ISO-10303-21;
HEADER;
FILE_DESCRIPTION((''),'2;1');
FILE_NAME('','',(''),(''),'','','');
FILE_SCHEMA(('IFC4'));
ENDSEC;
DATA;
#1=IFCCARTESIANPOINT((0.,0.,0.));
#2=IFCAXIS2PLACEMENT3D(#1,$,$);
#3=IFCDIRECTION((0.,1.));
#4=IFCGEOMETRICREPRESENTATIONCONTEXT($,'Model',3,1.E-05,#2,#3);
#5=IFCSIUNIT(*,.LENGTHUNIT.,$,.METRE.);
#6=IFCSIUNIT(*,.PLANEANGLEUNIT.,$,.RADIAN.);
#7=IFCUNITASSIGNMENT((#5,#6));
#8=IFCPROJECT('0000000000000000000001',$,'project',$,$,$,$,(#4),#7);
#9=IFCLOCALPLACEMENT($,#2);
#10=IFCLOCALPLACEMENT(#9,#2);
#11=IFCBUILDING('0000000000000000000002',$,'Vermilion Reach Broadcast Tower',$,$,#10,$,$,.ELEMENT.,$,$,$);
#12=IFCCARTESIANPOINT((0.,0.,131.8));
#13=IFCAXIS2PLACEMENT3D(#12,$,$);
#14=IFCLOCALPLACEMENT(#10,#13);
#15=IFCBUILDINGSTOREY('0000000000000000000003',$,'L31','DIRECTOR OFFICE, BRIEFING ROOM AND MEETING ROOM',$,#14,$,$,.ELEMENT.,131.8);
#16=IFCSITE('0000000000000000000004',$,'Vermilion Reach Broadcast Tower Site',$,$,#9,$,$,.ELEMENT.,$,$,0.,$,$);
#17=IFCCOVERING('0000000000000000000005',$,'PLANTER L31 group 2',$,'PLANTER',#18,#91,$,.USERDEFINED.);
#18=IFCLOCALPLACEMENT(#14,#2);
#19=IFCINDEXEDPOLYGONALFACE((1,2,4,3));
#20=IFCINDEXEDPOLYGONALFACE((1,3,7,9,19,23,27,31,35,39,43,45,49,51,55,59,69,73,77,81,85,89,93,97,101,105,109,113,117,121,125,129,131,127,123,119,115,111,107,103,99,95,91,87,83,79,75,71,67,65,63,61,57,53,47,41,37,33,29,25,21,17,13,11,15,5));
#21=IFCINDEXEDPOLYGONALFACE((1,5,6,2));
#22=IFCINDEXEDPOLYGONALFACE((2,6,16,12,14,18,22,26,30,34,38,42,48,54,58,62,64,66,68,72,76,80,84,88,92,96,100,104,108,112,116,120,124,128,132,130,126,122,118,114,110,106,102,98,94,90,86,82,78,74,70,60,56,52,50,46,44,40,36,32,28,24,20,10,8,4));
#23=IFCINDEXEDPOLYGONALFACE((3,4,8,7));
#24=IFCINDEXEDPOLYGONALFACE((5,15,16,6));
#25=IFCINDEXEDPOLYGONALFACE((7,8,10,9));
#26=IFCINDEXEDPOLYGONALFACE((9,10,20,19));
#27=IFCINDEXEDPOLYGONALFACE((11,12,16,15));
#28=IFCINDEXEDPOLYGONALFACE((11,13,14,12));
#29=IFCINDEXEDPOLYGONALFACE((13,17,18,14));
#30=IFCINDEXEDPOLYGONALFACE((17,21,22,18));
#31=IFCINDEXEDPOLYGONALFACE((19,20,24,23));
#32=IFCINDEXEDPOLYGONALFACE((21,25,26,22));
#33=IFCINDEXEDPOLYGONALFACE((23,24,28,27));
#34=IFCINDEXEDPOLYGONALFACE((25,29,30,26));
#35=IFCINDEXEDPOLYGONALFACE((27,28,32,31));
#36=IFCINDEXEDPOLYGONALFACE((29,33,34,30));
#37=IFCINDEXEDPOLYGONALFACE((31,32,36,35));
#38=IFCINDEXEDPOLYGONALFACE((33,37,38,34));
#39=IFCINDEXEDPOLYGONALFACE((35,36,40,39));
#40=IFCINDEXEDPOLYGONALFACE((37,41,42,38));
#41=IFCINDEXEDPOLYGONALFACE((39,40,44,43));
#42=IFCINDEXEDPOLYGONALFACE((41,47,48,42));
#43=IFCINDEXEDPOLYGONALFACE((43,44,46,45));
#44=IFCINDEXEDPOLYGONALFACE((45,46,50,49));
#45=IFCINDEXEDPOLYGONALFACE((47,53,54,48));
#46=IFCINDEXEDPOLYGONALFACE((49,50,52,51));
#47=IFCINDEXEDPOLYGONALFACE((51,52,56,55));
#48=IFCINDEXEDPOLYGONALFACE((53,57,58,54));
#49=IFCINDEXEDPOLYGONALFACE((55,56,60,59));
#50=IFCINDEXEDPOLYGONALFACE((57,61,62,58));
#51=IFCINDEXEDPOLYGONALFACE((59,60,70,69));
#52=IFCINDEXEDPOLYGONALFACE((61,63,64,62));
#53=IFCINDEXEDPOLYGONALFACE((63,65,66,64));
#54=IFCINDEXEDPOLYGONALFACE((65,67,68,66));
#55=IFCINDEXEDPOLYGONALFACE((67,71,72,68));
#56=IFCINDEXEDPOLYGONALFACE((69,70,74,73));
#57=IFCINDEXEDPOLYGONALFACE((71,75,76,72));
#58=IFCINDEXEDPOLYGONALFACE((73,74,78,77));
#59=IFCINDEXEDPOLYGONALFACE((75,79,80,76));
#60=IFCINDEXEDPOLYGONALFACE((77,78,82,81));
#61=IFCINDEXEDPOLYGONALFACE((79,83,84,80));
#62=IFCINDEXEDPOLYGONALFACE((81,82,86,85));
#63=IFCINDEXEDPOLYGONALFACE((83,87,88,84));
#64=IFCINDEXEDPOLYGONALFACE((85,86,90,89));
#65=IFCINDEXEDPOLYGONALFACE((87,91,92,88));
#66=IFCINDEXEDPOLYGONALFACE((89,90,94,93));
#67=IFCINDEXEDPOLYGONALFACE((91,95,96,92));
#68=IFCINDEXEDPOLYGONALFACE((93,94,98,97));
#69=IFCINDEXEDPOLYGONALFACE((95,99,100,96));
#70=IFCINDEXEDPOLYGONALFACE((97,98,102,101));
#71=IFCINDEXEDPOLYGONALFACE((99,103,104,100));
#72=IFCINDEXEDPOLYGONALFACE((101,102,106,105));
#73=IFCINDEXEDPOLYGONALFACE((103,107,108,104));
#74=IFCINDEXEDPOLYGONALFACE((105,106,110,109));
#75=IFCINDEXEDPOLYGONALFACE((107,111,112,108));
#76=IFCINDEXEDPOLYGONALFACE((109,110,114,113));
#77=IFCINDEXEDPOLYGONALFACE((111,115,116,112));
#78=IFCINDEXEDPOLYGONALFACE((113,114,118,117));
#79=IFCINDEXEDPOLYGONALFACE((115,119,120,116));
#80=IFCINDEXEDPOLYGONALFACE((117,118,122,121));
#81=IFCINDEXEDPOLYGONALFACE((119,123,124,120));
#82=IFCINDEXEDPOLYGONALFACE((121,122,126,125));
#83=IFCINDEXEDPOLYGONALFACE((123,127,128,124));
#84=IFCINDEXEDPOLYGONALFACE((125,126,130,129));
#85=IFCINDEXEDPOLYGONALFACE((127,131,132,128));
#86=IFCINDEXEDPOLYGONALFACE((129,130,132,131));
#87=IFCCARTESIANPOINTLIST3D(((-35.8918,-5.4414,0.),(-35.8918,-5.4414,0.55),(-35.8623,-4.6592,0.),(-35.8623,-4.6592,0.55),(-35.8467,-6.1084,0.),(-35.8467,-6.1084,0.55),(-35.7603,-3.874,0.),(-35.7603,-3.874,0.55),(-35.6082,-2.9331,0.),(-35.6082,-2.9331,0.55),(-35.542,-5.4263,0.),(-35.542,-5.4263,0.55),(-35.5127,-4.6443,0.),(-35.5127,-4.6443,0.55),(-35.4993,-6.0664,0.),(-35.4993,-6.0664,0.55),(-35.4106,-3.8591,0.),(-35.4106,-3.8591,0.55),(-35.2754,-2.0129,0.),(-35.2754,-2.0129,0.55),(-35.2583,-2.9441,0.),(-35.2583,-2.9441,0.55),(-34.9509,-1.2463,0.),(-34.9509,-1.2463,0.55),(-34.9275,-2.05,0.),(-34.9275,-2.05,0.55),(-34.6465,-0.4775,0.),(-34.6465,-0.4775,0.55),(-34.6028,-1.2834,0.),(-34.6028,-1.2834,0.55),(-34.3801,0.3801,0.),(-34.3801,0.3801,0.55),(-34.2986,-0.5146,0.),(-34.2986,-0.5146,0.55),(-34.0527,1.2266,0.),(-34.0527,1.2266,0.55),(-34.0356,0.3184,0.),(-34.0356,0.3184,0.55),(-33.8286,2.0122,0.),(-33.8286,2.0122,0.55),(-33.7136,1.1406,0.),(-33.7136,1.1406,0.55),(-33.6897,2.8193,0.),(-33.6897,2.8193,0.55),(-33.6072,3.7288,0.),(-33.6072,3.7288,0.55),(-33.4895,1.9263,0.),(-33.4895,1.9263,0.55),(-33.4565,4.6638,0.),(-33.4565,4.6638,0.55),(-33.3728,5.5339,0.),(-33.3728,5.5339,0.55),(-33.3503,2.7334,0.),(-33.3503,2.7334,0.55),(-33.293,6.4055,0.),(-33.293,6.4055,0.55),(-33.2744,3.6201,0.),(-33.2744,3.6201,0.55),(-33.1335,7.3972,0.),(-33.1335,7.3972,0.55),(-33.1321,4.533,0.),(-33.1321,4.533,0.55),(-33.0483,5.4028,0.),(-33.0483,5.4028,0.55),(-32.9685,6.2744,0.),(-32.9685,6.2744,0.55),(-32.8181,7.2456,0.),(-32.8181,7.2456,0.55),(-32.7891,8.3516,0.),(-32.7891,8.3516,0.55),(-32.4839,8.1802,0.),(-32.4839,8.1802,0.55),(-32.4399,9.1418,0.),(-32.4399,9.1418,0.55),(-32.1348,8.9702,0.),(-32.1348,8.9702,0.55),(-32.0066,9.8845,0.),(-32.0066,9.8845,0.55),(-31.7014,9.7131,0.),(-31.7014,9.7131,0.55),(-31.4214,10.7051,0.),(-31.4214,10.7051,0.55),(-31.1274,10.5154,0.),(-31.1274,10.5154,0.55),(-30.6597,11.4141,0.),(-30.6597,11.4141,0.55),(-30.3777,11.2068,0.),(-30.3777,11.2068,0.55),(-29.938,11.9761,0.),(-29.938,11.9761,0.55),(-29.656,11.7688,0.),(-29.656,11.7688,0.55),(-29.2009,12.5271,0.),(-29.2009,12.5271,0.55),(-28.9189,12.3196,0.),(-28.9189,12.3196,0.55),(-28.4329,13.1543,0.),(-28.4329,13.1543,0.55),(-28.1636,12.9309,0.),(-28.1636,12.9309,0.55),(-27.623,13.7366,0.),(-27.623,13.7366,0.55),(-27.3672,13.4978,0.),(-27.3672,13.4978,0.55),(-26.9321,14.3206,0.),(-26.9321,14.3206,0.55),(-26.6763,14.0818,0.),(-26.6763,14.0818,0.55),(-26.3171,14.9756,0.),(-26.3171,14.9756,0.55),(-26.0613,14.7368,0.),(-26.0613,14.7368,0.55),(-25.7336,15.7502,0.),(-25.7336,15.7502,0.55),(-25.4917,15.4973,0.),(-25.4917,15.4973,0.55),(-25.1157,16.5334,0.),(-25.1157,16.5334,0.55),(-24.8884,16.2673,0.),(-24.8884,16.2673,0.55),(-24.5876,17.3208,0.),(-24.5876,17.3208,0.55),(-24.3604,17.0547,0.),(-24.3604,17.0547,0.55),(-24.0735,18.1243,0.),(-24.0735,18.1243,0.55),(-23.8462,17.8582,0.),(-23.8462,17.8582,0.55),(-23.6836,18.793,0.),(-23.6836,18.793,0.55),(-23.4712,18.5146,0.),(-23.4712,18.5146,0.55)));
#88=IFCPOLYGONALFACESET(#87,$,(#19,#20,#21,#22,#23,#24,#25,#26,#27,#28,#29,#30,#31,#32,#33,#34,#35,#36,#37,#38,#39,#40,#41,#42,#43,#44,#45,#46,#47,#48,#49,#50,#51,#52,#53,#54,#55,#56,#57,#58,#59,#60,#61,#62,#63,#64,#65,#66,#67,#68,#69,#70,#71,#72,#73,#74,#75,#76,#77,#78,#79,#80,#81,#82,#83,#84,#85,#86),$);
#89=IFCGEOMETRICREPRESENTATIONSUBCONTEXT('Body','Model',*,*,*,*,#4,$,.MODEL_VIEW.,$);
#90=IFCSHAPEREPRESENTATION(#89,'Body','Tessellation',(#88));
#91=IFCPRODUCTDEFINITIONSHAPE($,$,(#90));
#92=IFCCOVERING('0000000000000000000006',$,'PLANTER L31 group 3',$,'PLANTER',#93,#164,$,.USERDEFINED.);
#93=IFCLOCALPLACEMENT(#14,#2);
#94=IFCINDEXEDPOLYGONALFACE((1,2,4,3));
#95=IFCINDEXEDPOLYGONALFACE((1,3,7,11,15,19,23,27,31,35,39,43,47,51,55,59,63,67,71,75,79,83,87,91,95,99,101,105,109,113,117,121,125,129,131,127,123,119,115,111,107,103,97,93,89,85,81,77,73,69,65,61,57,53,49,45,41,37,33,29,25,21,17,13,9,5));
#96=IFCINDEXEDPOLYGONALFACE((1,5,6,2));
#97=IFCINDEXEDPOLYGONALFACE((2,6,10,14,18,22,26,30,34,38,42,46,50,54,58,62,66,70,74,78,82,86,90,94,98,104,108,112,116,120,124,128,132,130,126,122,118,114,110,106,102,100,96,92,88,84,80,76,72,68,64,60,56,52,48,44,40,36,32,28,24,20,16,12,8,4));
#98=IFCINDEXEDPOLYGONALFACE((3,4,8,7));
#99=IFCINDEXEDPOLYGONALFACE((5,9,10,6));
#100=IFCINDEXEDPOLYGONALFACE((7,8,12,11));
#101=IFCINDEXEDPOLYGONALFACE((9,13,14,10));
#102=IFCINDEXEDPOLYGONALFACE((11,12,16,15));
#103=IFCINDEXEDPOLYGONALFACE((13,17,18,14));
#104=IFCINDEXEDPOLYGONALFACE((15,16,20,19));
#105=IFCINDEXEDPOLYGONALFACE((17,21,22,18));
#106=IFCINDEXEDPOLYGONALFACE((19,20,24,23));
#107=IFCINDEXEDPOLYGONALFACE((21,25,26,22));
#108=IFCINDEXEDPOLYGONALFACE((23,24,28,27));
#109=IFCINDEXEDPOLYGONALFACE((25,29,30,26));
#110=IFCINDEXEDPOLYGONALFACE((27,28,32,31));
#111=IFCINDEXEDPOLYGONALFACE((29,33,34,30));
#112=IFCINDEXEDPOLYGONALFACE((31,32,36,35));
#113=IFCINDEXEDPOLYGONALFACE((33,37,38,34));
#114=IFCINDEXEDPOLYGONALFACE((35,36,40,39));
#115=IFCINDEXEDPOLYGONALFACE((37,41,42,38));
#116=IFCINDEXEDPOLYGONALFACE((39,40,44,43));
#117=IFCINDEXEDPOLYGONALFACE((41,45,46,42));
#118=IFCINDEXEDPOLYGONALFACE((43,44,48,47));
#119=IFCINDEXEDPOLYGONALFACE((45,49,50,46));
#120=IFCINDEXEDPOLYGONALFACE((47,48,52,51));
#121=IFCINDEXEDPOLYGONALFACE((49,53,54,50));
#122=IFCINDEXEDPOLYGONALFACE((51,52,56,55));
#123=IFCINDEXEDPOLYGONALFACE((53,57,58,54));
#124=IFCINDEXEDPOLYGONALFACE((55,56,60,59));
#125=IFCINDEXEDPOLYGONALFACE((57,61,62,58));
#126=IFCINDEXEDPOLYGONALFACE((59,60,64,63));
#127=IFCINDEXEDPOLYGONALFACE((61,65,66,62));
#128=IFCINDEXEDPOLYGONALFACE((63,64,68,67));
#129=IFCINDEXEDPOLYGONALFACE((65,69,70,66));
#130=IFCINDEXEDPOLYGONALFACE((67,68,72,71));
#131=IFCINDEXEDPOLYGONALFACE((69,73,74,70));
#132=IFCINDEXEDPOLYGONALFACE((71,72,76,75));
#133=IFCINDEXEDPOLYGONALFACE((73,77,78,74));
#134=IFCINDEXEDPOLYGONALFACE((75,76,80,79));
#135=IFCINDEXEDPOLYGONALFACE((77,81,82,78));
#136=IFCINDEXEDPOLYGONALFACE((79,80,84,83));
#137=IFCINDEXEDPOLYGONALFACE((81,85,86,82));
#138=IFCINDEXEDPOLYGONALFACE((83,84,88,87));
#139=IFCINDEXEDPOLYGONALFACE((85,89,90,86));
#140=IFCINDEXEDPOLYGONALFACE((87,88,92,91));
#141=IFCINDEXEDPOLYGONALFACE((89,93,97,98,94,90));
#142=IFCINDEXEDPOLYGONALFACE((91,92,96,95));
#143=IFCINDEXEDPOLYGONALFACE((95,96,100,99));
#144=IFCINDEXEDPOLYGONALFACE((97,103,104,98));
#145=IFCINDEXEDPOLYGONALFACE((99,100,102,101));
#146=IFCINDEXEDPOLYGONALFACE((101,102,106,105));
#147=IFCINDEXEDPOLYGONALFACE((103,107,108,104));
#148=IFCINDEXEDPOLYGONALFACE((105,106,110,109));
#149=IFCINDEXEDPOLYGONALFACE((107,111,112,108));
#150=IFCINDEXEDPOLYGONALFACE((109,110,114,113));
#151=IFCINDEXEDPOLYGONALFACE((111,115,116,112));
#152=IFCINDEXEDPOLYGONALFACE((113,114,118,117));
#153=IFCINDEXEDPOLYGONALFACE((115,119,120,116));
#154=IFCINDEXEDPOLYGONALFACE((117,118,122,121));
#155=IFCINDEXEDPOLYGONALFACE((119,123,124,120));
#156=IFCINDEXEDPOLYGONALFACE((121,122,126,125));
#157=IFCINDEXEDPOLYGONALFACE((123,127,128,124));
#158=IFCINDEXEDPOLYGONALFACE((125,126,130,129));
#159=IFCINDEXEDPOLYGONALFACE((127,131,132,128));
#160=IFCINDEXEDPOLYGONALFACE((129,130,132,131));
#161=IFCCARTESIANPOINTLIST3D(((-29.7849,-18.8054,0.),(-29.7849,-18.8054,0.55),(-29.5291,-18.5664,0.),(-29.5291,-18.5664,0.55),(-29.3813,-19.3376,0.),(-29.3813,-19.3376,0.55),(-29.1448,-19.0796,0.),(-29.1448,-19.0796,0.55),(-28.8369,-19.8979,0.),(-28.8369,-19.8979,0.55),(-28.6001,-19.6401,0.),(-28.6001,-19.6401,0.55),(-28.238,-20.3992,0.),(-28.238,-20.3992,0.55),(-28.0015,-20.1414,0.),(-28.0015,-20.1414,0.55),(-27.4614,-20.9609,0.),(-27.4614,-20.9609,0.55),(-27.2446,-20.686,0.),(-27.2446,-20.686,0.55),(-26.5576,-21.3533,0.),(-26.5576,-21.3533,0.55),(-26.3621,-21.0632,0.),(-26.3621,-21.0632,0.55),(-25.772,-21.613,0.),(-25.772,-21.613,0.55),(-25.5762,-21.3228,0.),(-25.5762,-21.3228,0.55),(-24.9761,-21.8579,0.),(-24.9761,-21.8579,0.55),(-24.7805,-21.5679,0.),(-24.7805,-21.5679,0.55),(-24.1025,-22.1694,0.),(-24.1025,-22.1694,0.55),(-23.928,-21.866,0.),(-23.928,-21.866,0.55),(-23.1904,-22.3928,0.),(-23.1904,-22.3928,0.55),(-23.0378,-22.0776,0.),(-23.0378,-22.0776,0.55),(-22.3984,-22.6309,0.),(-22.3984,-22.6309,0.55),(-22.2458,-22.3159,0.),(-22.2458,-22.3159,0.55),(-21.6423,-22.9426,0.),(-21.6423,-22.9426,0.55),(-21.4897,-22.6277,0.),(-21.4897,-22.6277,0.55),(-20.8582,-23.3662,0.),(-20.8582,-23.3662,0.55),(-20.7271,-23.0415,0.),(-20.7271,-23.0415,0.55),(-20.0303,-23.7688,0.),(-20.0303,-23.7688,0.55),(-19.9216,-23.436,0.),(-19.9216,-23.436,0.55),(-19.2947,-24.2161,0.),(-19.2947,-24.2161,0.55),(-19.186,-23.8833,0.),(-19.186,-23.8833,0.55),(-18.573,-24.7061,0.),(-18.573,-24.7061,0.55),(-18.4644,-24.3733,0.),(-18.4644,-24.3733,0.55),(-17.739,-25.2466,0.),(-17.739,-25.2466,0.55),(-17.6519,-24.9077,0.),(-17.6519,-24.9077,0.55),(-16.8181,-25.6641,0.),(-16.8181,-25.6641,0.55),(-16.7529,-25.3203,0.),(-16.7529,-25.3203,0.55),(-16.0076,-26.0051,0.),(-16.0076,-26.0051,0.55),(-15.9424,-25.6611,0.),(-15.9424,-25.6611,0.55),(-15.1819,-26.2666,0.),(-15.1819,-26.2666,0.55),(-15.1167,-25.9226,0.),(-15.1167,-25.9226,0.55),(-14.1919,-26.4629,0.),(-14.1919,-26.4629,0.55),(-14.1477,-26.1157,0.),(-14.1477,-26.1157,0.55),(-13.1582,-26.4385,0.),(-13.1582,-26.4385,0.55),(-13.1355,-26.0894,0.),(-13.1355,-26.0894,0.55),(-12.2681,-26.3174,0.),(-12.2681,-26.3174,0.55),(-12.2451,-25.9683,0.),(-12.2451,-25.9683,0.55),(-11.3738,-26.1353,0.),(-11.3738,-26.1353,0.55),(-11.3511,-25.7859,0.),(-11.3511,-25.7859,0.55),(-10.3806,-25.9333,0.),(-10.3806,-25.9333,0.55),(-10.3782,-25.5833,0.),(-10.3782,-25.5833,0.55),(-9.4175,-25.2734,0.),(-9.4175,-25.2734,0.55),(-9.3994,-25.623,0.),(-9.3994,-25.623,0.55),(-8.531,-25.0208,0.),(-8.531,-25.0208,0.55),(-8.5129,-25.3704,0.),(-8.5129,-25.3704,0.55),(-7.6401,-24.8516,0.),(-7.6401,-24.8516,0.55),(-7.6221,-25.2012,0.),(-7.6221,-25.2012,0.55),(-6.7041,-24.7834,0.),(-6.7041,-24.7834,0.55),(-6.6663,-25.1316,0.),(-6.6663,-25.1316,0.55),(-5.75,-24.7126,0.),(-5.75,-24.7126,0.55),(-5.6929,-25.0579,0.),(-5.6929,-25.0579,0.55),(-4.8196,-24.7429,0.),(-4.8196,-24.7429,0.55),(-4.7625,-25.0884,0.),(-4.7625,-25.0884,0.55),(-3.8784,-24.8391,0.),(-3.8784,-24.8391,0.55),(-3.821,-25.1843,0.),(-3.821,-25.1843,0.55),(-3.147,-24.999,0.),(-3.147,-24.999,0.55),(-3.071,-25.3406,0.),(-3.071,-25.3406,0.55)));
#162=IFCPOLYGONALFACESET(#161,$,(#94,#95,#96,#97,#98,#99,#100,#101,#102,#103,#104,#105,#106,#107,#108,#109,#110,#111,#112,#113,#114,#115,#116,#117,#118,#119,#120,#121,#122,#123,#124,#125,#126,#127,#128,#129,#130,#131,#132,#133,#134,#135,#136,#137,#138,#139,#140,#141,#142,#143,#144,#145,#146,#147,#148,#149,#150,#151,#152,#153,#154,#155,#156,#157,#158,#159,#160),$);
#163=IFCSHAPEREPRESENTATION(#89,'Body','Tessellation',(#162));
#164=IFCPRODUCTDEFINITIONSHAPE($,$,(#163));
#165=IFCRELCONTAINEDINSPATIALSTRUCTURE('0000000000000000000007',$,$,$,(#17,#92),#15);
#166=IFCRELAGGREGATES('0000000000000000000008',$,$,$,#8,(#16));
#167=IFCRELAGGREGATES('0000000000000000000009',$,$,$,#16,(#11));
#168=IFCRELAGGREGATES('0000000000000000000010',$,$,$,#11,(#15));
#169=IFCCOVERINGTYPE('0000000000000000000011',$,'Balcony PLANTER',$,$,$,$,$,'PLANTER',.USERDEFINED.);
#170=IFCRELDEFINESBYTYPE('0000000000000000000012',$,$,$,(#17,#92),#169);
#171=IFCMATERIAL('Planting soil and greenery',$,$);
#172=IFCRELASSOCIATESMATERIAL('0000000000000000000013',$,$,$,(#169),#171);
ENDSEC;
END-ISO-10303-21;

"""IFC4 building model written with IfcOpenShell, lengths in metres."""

from ifc_helpers import new_model, si_unit, direction, frame, origin, place, context, subcontext, project, spatial, polyline, outline, extrude, material, type_object, element, save


model = new_model("IFC4")

# Units and contexts
model_context = context("Model", 3, precision=1e-05, world=origin(), true_north=direction((0.0, 1.0)))
body_context = subcontext(model_context, "Body", "Model", "MODEL_VIEW")
ifc_project = project(units=[si_unit("LENGTHUNIT", "METRE"), si_unit("PLANEANGLEUNIT", "RADIAN")], contexts=[model_context])

# Site, building, storey
site_placement = place(None, origin())
site = spatial("IfcSite", under=ifc_project, at=site_placement, Name="Vermilion Reach Broadcast Tower Site", CompositionType="ELEMENT", RefElevation=0.0)
building_placement = place(site_placement, origin())
building = spatial("IfcBuilding", under=site, at=building_placement, Name="Vermilion Reach Broadcast Tower", CompositionType="ELEMENT")
storey_placement = place(building_placement, frame((0.0, 0.0, 131.8)))
storey = spatial("IfcBuildingStorey", under=building, at=storey_placement, Name="L31", Description="DIRECTOR OFFICE, BRIEFING ROOM AND MEETING ROOM", CompositionType="ELEMENT", Elevation=131.8)

# Shared definitions
placement_1 = place(storey_placement, origin())

# Coverings
ifc_material_1 = material(Name="Planting soil and greenery")
covering_type = type_object("IfcCoveringType", Name="Balcony PLANTER", ElementType="PLANTER", PredefinedType="USERDEFINED", material=ifc_material_1)
element("IfcCovering", 1, at=placement_1, inside=storey, type_object=covering_type, Name="PLANTER L31 group 2", ObjectType="PLANTER", PredefinedType="USERDEFINED", context=body_context, shape_type="SweptSolid", body=[
    extrude(outline(polyline([(-23.6836, 18.793), (-24.0735, 18.1243), (-24.5876, 17.3208), (-25.1157, 16.5334), (-25.7336, 15.7502), (-26.3171, 14.9756), (-26.9321, 14.3206), (-27.623, 13.7366), (-28.4329, 13.1543), (-29.2009, 12.5271), (-29.938, 11.9761), (-30.6597, 11.4141), (-31.4214, 10.7051), (-32.0066, 9.8845), (-32.4399, 9.1418), (-32.7891, 8.3516), (-33.1335, 7.3972), (-33.293, 6.4055), (-33.3728, 5.5339), (-33.4565, 4.6638), (-33.6072, 3.7288), (-33.6897, 2.8193), (-33.8286, 2.0122), (-34.0527, 1.2266), (-34.3801, 0.3801), (-34.6465, -0.4775), (-34.9509, -1.2463), (-35.2754, -2.0129), (-35.6082, -2.9331), (-35.7603, -3.874), (-35.8623, -4.6592), (-35.8918, -5.4414), (-35.8467, -6.1084), (-35.4993, -6.0664), (-35.542, -5.4263), (-35.5127, -4.6443), (-35.4106, -3.8591), (-35.2583, -2.9441), (-34.9275, -2.05), (-34.6028, -1.2834), (-34.2986, -0.5146), (-34.0356, 0.3184), (-33.7136, 1.1406), (-33.4895, 1.9263), (-33.3503, 2.7334), (-33.2744, 3.6201), (-33.1321, 4.533), (-33.0483, 5.4028), (-32.9685, 6.2744), (-32.8181, 7.2456), (-32.4839, 8.1802), (-32.1348, 8.9702), (-31.7014, 9.7131), (-31.1274, 10.5154), (-30.3777, 11.2068), (-29.656, 11.7688), (-28.9189, 12.3196), (-28.1636, 12.9309), (-27.3672, 13.4978), (-26.6763, 14.0818), (-26.0613, 14.7368), (-25.4917, 15.4973), (-24.8884, 16.2673), (-24.3604, 17.0547), (-23.8462, 17.8582), (-23.4712, 18.5146), (-23.6836, 18.793)])), origin(), (0.0, 0.0, 1.0), 0.55),
])
element("IfcCovering", 2, at=placement_1, inside=storey, type_object=covering_type, Name="PLANTER L31 group 3", ObjectType="PLANTER", PredefinedType="USERDEFINED", context=body_context, shape_type="SweptSolid", body=[
    extrude(outline(polyline([(-29.7849, -18.8054), (-29.3813, -19.3376), (-28.8369, -19.8979), (-28.238, -20.3992), (-27.4614, -20.9609), (-26.5576, -21.3533), (-25.772, -21.613), (-24.9761, -21.8579), (-24.1025, -22.1694), (-23.1904, -22.3928), (-22.3984, -22.6309), (-21.6423, -22.9426), (-20.8582, -23.3662), (-20.0303, -23.7688), (-19.2947, -24.2161), (-18.573, -24.7061), (-17.739, -25.2466), (-16.8181, -25.6641), (-16.0076, -26.0051), (-15.1819, -26.2666), (-14.1919, -26.4629), (-13.1582, -26.4385), (-12.2681, -26.3174), (-11.3738, -26.1353), (-10.3806, -25.9333), (-9.3994, -25.623), (-8.5129, -25.3704), (-7.6221, -25.2012), (-6.6663, -25.1316), (-5.6929, -25.0579), (-4.7625, -25.0884), (-3.821, -25.1843), (-3.071, -25.3406), (-3.147, -24.999), (-3.8784, -24.8391), (-4.8196, -24.7429), (-5.75, -24.7126), (-6.7041, -24.7834), (-7.6401, -24.8516), (-8.531, -25.0208), (-9.4175, -25.2734), (-10.3782, -25.5833), (-11.3511, -25.7859), (-12.2451, -25.9683), (-13.1355, -26.0894), (-14.1477, -26.1157), (-15.1167, -25.9226), (-15.9424, -25.6611), (-16.7529, -25.3203), (-17.6519, -24.9077), (-18.4644, -24.3733), (-19.186, -23.8833), (-19.9216, -23.436), (-20.7271, -23.0415), (-21.4897, -22.6277), (-22.2458, -22.3159), (-23.0378, -22.0776), (-23.928, -21.866), (-24.7805, -21.5679), (-25.5762, -21.3228), (-26.3621, -21.0632), (-27.2446, -20.686), (-28.0015, -20.1414), (-28.6001, -19.6401), (-29.1448, -19.0796), (-29.5291, -18.5664), (-29.7849, -18.8054)])), origin(), (0.0, 0.0, 1.0), 0.55),
])

save(model, "model.ifc")
